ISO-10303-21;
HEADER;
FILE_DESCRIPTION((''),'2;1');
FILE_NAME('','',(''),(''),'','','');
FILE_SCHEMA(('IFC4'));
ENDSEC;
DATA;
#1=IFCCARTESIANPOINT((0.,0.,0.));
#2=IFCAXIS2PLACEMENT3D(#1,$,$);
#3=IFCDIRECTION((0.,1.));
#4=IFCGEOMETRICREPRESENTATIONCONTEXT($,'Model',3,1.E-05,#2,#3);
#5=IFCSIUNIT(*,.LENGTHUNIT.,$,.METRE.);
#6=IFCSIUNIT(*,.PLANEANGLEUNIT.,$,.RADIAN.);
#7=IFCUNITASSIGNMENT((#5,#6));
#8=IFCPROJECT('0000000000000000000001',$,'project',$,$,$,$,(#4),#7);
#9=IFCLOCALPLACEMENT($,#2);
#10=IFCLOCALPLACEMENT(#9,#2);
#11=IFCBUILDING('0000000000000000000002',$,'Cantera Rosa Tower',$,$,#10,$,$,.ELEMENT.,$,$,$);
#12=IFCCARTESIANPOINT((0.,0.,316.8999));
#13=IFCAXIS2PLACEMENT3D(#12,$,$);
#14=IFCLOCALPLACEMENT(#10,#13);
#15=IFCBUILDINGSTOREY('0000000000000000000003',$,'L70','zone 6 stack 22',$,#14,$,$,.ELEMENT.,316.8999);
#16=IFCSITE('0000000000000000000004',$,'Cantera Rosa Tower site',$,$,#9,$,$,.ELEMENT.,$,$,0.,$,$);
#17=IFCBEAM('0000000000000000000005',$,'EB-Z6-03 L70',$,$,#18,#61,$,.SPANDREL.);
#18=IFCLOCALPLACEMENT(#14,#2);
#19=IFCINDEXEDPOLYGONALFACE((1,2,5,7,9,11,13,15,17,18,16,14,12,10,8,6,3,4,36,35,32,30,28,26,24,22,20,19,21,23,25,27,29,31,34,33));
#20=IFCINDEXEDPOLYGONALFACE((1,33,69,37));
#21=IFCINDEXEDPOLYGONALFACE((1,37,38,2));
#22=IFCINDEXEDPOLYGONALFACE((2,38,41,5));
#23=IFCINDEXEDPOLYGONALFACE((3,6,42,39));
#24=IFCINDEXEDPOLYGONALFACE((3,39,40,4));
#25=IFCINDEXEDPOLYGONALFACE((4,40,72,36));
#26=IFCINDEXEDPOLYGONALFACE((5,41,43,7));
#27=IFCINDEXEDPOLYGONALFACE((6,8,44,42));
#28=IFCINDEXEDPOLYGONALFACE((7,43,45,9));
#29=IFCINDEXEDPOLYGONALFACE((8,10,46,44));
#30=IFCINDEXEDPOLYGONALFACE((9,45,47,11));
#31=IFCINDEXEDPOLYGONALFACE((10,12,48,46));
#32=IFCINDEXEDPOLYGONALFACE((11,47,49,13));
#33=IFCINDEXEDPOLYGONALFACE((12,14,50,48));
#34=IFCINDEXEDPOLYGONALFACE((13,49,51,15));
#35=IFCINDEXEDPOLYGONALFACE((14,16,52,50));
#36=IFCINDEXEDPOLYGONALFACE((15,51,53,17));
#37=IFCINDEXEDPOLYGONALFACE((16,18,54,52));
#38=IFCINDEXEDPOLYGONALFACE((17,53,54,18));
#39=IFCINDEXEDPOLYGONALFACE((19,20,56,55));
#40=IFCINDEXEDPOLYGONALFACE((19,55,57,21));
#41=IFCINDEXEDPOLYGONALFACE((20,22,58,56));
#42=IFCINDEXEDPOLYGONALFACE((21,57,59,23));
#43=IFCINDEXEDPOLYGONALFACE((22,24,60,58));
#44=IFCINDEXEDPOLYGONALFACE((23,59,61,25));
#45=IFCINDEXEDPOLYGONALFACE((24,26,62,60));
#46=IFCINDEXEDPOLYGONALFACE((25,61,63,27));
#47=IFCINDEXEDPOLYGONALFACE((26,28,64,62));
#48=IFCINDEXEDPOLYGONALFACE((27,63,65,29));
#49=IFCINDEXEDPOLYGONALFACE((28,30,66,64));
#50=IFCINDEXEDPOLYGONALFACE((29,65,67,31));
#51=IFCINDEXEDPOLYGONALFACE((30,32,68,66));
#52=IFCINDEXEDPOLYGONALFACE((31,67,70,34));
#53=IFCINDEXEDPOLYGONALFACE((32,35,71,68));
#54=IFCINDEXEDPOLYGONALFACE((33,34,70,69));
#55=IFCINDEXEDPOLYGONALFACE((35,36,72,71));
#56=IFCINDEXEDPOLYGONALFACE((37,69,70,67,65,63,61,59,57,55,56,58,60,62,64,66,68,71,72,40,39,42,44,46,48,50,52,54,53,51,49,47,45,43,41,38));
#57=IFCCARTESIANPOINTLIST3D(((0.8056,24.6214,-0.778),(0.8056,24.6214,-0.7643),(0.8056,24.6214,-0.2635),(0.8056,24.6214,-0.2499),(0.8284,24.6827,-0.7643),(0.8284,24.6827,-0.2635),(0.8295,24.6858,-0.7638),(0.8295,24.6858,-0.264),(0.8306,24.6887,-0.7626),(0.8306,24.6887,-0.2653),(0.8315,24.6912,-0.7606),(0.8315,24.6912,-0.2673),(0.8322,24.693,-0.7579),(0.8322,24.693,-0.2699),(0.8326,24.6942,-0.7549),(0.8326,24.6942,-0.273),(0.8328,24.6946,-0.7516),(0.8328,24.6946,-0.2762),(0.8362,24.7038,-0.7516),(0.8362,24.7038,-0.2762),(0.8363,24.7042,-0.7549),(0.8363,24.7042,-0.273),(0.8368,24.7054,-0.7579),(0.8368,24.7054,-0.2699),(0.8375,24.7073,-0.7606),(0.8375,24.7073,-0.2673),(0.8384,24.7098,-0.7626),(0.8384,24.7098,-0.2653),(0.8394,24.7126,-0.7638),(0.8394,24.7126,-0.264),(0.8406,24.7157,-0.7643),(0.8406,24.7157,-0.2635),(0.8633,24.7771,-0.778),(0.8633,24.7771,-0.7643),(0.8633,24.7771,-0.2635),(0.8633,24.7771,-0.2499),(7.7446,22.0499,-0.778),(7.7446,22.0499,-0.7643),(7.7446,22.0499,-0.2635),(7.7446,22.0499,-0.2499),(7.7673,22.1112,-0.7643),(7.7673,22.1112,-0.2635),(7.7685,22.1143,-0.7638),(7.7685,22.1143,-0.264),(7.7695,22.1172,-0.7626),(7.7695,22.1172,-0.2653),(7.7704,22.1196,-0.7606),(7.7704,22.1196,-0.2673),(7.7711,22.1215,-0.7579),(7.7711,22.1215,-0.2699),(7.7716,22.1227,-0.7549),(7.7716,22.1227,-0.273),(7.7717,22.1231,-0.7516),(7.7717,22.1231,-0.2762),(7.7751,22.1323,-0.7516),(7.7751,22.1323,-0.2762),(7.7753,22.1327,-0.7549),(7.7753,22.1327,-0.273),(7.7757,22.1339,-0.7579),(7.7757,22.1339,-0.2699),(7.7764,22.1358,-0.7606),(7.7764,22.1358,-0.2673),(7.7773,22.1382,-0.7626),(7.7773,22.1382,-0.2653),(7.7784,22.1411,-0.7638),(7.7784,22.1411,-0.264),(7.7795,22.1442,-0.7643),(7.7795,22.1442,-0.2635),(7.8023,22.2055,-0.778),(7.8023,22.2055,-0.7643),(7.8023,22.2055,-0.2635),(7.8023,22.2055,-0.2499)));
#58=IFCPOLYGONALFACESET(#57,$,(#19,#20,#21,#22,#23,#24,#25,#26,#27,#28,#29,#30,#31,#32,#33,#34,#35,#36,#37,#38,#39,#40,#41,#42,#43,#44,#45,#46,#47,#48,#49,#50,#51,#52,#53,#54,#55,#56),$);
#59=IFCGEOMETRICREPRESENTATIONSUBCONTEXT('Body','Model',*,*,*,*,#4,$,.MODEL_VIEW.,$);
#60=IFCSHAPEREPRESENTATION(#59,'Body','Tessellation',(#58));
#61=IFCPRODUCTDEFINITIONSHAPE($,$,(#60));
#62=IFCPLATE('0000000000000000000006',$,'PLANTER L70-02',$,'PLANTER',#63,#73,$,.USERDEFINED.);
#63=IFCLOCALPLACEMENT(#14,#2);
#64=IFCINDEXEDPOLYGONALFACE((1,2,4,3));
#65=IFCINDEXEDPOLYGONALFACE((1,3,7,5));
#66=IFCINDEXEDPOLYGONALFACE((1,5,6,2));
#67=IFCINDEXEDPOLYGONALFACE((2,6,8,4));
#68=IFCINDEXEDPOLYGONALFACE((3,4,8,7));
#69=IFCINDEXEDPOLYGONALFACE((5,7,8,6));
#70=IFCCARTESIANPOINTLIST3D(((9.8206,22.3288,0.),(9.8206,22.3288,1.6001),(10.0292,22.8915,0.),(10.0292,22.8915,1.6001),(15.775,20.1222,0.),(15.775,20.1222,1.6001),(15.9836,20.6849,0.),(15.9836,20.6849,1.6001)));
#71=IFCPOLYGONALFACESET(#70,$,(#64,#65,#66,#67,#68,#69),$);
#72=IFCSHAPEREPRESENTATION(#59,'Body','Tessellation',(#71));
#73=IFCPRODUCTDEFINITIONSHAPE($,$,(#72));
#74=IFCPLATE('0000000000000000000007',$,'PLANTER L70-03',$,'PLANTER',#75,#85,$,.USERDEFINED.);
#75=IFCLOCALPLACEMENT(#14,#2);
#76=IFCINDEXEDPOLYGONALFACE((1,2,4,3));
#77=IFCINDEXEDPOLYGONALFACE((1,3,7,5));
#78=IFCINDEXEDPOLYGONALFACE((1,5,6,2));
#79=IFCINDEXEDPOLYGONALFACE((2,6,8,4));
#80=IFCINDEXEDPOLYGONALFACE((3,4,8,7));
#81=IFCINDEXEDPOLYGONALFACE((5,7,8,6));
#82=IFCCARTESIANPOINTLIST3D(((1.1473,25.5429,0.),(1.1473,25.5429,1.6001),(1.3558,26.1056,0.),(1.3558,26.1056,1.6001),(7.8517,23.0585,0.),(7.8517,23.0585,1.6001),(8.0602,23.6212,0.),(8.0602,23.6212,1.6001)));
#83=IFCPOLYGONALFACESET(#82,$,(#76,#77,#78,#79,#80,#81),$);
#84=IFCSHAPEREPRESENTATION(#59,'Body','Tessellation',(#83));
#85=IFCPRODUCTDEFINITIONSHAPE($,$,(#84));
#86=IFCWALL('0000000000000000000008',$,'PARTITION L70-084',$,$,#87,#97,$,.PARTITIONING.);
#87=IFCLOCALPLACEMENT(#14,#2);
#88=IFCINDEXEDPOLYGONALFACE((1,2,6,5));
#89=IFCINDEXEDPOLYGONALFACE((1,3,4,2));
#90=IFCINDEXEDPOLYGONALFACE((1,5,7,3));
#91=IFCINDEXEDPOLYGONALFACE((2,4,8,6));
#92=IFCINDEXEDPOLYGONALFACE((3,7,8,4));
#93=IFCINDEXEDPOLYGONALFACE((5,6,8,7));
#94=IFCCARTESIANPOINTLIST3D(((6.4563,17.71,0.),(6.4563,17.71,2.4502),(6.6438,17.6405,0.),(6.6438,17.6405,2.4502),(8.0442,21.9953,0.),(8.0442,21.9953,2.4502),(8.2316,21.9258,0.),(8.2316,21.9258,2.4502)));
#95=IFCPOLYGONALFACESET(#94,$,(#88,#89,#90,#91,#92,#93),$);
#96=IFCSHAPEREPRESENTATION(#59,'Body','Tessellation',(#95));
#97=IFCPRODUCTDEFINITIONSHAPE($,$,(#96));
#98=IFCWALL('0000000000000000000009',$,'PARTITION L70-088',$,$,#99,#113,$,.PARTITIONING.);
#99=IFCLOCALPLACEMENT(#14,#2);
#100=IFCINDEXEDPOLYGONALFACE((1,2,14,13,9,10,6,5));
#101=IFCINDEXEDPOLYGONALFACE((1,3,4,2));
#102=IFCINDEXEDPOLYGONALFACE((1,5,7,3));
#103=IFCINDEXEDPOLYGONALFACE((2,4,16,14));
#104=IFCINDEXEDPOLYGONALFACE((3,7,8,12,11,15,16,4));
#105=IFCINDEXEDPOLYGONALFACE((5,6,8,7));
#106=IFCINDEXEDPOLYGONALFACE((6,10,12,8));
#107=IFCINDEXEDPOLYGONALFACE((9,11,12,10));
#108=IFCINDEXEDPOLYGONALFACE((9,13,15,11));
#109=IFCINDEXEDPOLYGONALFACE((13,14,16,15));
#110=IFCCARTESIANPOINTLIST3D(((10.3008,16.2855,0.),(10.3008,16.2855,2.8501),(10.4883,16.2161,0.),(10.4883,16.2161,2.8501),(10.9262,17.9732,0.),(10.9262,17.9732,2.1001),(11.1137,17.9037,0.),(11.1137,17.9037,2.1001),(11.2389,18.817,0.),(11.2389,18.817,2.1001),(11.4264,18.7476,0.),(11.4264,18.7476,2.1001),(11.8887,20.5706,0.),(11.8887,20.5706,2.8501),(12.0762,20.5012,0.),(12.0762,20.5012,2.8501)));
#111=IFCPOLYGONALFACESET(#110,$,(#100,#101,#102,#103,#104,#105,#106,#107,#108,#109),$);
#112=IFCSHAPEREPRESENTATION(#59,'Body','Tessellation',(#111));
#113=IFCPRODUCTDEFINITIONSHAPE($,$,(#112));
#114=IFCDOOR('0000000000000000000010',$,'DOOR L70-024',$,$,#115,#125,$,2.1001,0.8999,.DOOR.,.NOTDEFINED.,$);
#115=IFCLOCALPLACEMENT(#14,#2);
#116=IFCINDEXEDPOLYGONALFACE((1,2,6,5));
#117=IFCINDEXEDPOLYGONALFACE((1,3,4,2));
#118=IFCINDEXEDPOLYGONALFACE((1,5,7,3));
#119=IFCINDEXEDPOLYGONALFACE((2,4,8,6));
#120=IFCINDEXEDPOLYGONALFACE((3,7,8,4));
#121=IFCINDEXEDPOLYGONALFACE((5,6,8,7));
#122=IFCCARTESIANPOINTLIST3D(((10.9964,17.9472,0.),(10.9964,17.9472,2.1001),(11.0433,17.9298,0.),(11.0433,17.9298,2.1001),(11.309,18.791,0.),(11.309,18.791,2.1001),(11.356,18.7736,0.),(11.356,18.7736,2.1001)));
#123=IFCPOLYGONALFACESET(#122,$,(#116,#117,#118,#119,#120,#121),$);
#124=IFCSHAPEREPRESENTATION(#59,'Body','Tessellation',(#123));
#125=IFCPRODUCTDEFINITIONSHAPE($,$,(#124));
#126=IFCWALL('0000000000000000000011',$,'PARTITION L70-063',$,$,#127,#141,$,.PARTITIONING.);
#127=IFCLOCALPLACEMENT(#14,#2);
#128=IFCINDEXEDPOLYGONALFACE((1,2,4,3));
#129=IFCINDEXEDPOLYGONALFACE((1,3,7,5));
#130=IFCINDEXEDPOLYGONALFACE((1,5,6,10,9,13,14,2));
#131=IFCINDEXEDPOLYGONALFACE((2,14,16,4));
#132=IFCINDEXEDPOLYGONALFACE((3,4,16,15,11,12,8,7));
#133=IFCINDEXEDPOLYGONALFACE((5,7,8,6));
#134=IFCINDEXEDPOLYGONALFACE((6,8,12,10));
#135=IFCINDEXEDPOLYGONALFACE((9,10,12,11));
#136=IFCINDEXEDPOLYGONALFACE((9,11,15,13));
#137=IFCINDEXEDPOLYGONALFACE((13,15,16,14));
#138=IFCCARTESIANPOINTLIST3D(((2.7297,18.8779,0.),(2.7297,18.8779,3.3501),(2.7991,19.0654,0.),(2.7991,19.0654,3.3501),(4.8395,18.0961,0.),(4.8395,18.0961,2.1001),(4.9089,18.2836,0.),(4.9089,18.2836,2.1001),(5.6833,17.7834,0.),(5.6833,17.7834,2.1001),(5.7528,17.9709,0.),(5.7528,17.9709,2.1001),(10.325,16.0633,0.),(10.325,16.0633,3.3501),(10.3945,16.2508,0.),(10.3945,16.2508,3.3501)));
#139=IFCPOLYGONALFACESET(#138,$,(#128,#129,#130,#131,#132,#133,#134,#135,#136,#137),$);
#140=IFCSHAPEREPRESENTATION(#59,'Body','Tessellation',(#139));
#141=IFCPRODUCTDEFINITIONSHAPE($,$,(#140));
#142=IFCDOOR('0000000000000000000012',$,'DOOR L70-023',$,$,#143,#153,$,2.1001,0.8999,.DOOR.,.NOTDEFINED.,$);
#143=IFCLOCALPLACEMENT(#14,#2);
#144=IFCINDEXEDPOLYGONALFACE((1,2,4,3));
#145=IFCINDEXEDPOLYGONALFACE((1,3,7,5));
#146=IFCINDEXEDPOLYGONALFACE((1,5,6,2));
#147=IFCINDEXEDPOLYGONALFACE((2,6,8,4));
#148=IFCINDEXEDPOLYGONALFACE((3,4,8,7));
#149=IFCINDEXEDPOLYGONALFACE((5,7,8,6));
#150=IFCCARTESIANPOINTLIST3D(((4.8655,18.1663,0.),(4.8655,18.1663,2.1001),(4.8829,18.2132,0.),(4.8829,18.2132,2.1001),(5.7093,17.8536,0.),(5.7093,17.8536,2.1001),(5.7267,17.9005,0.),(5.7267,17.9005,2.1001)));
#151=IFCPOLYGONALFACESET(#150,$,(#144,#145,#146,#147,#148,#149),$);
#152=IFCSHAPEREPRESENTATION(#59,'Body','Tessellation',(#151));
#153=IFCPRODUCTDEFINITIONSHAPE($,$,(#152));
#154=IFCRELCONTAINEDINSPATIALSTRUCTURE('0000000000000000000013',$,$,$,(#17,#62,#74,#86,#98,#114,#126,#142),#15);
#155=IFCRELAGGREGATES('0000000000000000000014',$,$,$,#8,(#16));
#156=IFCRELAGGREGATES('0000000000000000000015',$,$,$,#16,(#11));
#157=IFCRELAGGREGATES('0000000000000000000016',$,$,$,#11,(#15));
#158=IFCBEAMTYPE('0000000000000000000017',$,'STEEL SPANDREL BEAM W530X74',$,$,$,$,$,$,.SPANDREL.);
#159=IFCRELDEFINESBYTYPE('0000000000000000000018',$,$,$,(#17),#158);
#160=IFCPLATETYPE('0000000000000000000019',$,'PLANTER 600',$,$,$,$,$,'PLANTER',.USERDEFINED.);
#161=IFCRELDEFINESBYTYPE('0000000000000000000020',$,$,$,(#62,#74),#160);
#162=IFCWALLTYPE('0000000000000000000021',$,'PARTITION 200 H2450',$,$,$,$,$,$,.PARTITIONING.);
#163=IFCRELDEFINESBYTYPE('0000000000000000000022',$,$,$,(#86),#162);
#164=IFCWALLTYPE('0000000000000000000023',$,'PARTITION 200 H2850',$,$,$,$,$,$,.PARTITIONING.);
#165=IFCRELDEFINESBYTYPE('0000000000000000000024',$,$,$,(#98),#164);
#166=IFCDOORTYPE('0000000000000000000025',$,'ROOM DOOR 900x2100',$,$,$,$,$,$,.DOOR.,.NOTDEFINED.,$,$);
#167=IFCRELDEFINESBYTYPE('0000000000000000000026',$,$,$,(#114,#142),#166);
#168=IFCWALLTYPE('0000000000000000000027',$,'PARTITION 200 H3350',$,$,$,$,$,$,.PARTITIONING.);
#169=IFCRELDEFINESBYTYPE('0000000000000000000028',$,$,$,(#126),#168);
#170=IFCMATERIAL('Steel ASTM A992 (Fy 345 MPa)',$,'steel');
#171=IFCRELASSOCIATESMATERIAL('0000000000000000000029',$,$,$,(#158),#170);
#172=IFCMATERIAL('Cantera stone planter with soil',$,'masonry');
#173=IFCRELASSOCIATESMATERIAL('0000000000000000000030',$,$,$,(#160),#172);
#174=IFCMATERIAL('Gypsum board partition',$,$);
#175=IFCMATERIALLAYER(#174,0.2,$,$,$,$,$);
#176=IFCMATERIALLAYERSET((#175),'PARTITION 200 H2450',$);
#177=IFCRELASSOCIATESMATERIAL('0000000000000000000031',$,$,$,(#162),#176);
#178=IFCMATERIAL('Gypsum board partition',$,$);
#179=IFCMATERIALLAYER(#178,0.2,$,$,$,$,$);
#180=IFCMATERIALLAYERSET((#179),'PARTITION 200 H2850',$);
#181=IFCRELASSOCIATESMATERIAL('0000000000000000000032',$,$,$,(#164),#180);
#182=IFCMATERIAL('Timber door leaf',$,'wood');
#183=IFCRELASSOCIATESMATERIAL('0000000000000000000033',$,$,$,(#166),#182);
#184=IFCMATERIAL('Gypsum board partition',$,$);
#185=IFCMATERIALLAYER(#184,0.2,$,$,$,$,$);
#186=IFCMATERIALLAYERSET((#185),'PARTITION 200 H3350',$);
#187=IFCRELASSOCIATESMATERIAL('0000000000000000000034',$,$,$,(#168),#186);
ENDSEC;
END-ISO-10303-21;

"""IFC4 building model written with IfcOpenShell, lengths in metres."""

from ifc_helpers import new_model, si_unit, direction, frame, frame_2d, origin, origin_2d, place, context, subcontext, project, spatial, rectangle, i_section, extrude, material, layer, layer_set, material_profile, profile_set, type_object, element, fill, save


model = new_model("IFC4")

# Units and contexts
model_context = context("Model", 3, precision=1e-05, world=origin(), true_north=direction((0.0, 1.0)))
body_context = subcontext(model_context, "Body", "Model", "MODEL_VIEW")
ifc_project = project(units=[si_unit("LENGTHUNIT", "METRE"), si_unit("PLANEANGLEUNIT", "RADIAN")], contexts=[model_context])

# Site, building, storey
site_placement = place(None, origin())
site = spatial("IfcSite", under=ifc_project, at=site_placement, Name="Cantera Rosa Tower site", CompositionType="ELEMENT", RefElevation=0.0)
building_placement = place(site_placement, origin())
building = spatial("IfcBuilding", under=site, at=building_placement, Name="Cantera Rosa Tower", CompositionType="ELEMENT")
storey_placement = place(building_placement, frame((0.0, 0.0, 316.8999)))
storey = spatial("IfcBuildingStorey", under=building, at=storey_placement, Name="L70", Description="zone 6 stack 22", CompositionType="ELEMENT", Elevation=316.8999)

# Beam
ifc_material_1 = material(Name="Steel ASTM A992 (Fy 345 MPa)", Category="steel")
ifc_material_profile_1 = material_profile(ifc_material_1, i_section(OverallWidth=0.166, OverallDepth=0.5281, WebThickness=0.0098, FlangeThickness=0.0137, FilletRadius=0.0127, at=origin_2d()), Name="W530X74")
ifc_profile_set_1 = profile_set([ifc_material_profile_1], Name="Steel ASTM A992 (Fy 345 MPa)")
beam_type_1 = type_object("IfcBeamType", Name="STEEL SPANDREL BEAM W530X74", PredefinedType="SPANDREL", material=ifc_profile_set_1)
beam_1_placement = place(storey_placement, frame((7.7734, 22.1277, -0.5139), z_axis=(-0.937681, 0.347498, 0.0), x_axis=(-0.347498, -0.937681, 0.0)))
element("IfcBeam", 1, at=beam_1_placement, inside=storey, type_object=beam_type_1, Name="EB-Z6-03 L70", PredefinedType="SPANDREL", context=body_context, shape_type="SweptSolid", body=[
    extrude(i_section(OverallWidth=0.166, OverallDepth=0.5281, WebThickness=0.0098, FlangeThickness=0.0137, FilletRadius=0.0127, at=origin_2d()), origin(), (0.0, 0.0, 1.0), 7.4001),
])

# Plates
ifc_material_2 = material(Name="Cantera stone planter with soil", Category="masonry")
plate_type = type_object("IfcPlateType", Name="PLANTER 600", ElementType="PLANTER", PredefinedType="USERDEFINED", material=ifc_material_2)
plate_1_placement = place(storey_placement, frame((12.9021, 21.5068, 0.0), z_axis=(0.0, 0.0, 1.0), x_axis=(-0.937687, 0.347481, 0.0)))
element("IfcPlate", 2, at=plate_1_placement, inside=storey, type_object=plate_type, Name="PLANTER L70-02", ObjectType="PLANTER", PredefinedType="USERDEFINED", context=body_context, shape_type="SweptSolid", body=[
    extrude(rectangle(XDim=6.3501, YDim=0.6001, at=origin_2d()), origin(), (0.0, 0.0, 1.0), 1.6001),
])
plate_2_placement = place(storey_placement, frame((4.6038, 24.582, 0.0), z_axis=(0.0, 0.0, 1.0), x_axis=(-0.937687, 0.347481, 0.0)))
element("IfcPlate", 3, at=plate_2_placement, inside=storey, type_object=plate_type, Name="PLANTER L70-03", ObjectType="PLANTER", PredefinedType="USERDEFINED", context=body_context, shape_type="SweptSolid", body=[
    extrude(rectangle(XDim=7.1499, YDim=0.6001, at=origin_2d()), origin(), (0.0, 0.0, 1.0), 1.6001),
])

# Wall
ifc_material_3 = material(Name="Gypsum board partition")
ifc_layer_1 = layer(ifc_material_3, 0.2)
ifc_layer_set_1 = layer_set([ifc_layer_1], Name="PARTITION 200 H2450")
wall_type_1 = type_object("IfcWallType", Name="PARTITION 200 H2450", PredefinedType="PARTITIONING", material=ifc_layer_set_1)
wall_1_placement = place(storey_placement, frame((8.1379, 21.9607, 0.0), z_axis=(0.0, 0.0, 1.0), x_axis=(-0.34745, -0.937698, 0.0)))
element("IfcWall", 4, at=wall_1_placement, inside=storey, type_object=wall_type_1, Name="PARTITION L70-084", PredefinedType="PARTITIONING", context=body_context, shape_type="SweptSolid", body=[
    extrude(rectangle(XDim=4.5701, YDim=0.2, at=frame_2d((2.2852, 0.0))), origin(), (0.0, 0.0, 1.0), 2.4502),
])

# Walls, openings, doors
ifc_material_4 = material(Name="Gypsum board partition")
ifc_layer_2 = layer(ifc_material_4, 0.2)
ifc_layer_set_2 = layer_set([ifc_layer_2], Name="PARTITION 200 H2850")
wall_type_2 = type_object("IfcWallType", Name="PARTITION 200 H2850", PredefinedType="PARTITIONING", material=ifc_layer_set_2)
wall_2_placement = place(storey_placement, frame((11.9824, 20.5359, 0.0), z_axis=(0.0, 0.0, 1.0), x_axis=(-0.347467, -0.937692, 0.0)))
wall_2 = element("IfcWall", 5, at=wall_2_placement, inside=storey, type_object=wall_type_2, Name="PARTITION L70-088", PredefinedType="PARTITIONING", context=body_context, shape_type="SweptSolid", body=[
    extrude(rectangle(XDim=4.5698, YDim=0.2, at=frame_2d((2.2849, 0.0))), origin(), (0.0, 0.0, 1.0), 2.8501),
])
opening_1_placement = place(wall_2_placement, frame((1.8701, 0.0, 0.0)))
opening_1 = element("IfcOpeningElement", 6, at=opening_1_placement, cuts=wall_2, PredefinedType="OPENING", context=body_context, shape_type="SweptSolid", body=[
    extrude(rectangle(XDim=0.8999, YDim=2.1001, at=frame_2d((0.45, 1.05))), frame((0.0, 0.1099, 0.0), z_axis=(0.0, -1.0, 0.0), x_axis=(1.0, 0.0, 0.0)), (0.0, 0.0, 1.0), 0.22),
])
ifc_material_5 = material(Name="Timber door leaf", Category="wood")
door_type_1 = type_object("IfcDoorType", Name="ROOM DOOR 900x2100", OperationType="NOTDEFINED", PredefinedType="DOOR", material=ifc_material_5)
door_1_placement = place(opening_1_placement, origin())
door_1 = element("IfcDoor", 7, at=door_1_placement, inside=storey, type_object=door_type_1, Name="DOOR L70-024", OperationType="NOTDEFINED", OverallHeight=2.1001, OverallWidth=0.8999, PredefinedType="DOOR", context=body_context, shape_type="SweptSolid", body=[
    extrude(rectangle(XDim=0.8999, YDim=2.1001, at=frame_2d((0.45, 1.05))), frame((0.0, 0.0249, 0.0), z_axis=(0.0, -1.0, 0.0), x_axis=(1.0, 0.0, 0.0)), (0.0, 0.0, 1.0), 0.05),
])
fill(opening_1, door_1)
ifc_material_6 = material(Name="Gypsum board partition")
ifc_layer_3 = layer(ifc_material_6, 0.2)
ifc_layer_set_3 = layer_set([ifc_layer_3], Name="PARTITION 200 H3350")
wall_type_3 = type_object("IfcWallType", Name="PARTITION 200 H3350", PredefinedType="PARTITIONING", material=ifc_layer_set_3)
wall_3_placement = place(storey_placement, frame((2.7644, 18.9717, 0.0), z_axis=(0.0, 0.0, 1.0), x_axis=(0.937686, -0.347484, 0.0)))
wall_3 = element("IfcWall", 8, at=wall_3_placement, inside=storey, type_object=wall_type_3, Name="PARTITION L70-063", PredefinedType="PARTITIONING", context=body_context, shape_type="SweptSolid", body=[
    extrude(rectangle(XDim=8.1001, YDim=0.2, at=frame_2d((4.05, 0.0))), origin(), (0.0, 0.0, 1.0), 3.3501),
])
opening_2_placement = place(wall_3_placement, frame((2.25, 0.0, 0.0)))
opening_2 = element("IfcOpeningElement", 9, at=opening_2_placement, cuts=wall_3, PredefinedType="OPENING", context=body_context, shape_type="SweptSolid", body=[
    extrude(rectangle(XDim=0.8999, YDim=2.1001, at=frame_2d((0.45, 1.05))), frame((0.0, 0.1099, 0.0), z_axis=(0.0, -1.0, 0.0), x_axis=(1.0, 0.0, 0.0)), (0.0, 0.0, 1.0), 0.22),
])
door_2_placement = place(opening_2_placement, origin())
door_2 = element("IfcDoor", 10, at=door_2_placement, inside=storey, type_object=door_type_1, Name="DOOR L70-023", OperationType="NOTDEFINED", OverallHeight=2.1001, OverallWidth=0.8999, PredefinedType="DOOR", context=body_context, shape_type="SweptSolid", body=[
    extrude(rectangle(XDim=0.8999, YDim=2.1001, at=frame_2d((0.45, 1.05))), frame((0.0, 0.0249, 0.0), z_axis=(0.0, -1.0, 0.0), x_axis=(1.0, 0.0, 0.0)), (0.0, 0.0, 1.0), 0.05),
])
fill(opening_2, door_2)

save(model, "model.ifc")
